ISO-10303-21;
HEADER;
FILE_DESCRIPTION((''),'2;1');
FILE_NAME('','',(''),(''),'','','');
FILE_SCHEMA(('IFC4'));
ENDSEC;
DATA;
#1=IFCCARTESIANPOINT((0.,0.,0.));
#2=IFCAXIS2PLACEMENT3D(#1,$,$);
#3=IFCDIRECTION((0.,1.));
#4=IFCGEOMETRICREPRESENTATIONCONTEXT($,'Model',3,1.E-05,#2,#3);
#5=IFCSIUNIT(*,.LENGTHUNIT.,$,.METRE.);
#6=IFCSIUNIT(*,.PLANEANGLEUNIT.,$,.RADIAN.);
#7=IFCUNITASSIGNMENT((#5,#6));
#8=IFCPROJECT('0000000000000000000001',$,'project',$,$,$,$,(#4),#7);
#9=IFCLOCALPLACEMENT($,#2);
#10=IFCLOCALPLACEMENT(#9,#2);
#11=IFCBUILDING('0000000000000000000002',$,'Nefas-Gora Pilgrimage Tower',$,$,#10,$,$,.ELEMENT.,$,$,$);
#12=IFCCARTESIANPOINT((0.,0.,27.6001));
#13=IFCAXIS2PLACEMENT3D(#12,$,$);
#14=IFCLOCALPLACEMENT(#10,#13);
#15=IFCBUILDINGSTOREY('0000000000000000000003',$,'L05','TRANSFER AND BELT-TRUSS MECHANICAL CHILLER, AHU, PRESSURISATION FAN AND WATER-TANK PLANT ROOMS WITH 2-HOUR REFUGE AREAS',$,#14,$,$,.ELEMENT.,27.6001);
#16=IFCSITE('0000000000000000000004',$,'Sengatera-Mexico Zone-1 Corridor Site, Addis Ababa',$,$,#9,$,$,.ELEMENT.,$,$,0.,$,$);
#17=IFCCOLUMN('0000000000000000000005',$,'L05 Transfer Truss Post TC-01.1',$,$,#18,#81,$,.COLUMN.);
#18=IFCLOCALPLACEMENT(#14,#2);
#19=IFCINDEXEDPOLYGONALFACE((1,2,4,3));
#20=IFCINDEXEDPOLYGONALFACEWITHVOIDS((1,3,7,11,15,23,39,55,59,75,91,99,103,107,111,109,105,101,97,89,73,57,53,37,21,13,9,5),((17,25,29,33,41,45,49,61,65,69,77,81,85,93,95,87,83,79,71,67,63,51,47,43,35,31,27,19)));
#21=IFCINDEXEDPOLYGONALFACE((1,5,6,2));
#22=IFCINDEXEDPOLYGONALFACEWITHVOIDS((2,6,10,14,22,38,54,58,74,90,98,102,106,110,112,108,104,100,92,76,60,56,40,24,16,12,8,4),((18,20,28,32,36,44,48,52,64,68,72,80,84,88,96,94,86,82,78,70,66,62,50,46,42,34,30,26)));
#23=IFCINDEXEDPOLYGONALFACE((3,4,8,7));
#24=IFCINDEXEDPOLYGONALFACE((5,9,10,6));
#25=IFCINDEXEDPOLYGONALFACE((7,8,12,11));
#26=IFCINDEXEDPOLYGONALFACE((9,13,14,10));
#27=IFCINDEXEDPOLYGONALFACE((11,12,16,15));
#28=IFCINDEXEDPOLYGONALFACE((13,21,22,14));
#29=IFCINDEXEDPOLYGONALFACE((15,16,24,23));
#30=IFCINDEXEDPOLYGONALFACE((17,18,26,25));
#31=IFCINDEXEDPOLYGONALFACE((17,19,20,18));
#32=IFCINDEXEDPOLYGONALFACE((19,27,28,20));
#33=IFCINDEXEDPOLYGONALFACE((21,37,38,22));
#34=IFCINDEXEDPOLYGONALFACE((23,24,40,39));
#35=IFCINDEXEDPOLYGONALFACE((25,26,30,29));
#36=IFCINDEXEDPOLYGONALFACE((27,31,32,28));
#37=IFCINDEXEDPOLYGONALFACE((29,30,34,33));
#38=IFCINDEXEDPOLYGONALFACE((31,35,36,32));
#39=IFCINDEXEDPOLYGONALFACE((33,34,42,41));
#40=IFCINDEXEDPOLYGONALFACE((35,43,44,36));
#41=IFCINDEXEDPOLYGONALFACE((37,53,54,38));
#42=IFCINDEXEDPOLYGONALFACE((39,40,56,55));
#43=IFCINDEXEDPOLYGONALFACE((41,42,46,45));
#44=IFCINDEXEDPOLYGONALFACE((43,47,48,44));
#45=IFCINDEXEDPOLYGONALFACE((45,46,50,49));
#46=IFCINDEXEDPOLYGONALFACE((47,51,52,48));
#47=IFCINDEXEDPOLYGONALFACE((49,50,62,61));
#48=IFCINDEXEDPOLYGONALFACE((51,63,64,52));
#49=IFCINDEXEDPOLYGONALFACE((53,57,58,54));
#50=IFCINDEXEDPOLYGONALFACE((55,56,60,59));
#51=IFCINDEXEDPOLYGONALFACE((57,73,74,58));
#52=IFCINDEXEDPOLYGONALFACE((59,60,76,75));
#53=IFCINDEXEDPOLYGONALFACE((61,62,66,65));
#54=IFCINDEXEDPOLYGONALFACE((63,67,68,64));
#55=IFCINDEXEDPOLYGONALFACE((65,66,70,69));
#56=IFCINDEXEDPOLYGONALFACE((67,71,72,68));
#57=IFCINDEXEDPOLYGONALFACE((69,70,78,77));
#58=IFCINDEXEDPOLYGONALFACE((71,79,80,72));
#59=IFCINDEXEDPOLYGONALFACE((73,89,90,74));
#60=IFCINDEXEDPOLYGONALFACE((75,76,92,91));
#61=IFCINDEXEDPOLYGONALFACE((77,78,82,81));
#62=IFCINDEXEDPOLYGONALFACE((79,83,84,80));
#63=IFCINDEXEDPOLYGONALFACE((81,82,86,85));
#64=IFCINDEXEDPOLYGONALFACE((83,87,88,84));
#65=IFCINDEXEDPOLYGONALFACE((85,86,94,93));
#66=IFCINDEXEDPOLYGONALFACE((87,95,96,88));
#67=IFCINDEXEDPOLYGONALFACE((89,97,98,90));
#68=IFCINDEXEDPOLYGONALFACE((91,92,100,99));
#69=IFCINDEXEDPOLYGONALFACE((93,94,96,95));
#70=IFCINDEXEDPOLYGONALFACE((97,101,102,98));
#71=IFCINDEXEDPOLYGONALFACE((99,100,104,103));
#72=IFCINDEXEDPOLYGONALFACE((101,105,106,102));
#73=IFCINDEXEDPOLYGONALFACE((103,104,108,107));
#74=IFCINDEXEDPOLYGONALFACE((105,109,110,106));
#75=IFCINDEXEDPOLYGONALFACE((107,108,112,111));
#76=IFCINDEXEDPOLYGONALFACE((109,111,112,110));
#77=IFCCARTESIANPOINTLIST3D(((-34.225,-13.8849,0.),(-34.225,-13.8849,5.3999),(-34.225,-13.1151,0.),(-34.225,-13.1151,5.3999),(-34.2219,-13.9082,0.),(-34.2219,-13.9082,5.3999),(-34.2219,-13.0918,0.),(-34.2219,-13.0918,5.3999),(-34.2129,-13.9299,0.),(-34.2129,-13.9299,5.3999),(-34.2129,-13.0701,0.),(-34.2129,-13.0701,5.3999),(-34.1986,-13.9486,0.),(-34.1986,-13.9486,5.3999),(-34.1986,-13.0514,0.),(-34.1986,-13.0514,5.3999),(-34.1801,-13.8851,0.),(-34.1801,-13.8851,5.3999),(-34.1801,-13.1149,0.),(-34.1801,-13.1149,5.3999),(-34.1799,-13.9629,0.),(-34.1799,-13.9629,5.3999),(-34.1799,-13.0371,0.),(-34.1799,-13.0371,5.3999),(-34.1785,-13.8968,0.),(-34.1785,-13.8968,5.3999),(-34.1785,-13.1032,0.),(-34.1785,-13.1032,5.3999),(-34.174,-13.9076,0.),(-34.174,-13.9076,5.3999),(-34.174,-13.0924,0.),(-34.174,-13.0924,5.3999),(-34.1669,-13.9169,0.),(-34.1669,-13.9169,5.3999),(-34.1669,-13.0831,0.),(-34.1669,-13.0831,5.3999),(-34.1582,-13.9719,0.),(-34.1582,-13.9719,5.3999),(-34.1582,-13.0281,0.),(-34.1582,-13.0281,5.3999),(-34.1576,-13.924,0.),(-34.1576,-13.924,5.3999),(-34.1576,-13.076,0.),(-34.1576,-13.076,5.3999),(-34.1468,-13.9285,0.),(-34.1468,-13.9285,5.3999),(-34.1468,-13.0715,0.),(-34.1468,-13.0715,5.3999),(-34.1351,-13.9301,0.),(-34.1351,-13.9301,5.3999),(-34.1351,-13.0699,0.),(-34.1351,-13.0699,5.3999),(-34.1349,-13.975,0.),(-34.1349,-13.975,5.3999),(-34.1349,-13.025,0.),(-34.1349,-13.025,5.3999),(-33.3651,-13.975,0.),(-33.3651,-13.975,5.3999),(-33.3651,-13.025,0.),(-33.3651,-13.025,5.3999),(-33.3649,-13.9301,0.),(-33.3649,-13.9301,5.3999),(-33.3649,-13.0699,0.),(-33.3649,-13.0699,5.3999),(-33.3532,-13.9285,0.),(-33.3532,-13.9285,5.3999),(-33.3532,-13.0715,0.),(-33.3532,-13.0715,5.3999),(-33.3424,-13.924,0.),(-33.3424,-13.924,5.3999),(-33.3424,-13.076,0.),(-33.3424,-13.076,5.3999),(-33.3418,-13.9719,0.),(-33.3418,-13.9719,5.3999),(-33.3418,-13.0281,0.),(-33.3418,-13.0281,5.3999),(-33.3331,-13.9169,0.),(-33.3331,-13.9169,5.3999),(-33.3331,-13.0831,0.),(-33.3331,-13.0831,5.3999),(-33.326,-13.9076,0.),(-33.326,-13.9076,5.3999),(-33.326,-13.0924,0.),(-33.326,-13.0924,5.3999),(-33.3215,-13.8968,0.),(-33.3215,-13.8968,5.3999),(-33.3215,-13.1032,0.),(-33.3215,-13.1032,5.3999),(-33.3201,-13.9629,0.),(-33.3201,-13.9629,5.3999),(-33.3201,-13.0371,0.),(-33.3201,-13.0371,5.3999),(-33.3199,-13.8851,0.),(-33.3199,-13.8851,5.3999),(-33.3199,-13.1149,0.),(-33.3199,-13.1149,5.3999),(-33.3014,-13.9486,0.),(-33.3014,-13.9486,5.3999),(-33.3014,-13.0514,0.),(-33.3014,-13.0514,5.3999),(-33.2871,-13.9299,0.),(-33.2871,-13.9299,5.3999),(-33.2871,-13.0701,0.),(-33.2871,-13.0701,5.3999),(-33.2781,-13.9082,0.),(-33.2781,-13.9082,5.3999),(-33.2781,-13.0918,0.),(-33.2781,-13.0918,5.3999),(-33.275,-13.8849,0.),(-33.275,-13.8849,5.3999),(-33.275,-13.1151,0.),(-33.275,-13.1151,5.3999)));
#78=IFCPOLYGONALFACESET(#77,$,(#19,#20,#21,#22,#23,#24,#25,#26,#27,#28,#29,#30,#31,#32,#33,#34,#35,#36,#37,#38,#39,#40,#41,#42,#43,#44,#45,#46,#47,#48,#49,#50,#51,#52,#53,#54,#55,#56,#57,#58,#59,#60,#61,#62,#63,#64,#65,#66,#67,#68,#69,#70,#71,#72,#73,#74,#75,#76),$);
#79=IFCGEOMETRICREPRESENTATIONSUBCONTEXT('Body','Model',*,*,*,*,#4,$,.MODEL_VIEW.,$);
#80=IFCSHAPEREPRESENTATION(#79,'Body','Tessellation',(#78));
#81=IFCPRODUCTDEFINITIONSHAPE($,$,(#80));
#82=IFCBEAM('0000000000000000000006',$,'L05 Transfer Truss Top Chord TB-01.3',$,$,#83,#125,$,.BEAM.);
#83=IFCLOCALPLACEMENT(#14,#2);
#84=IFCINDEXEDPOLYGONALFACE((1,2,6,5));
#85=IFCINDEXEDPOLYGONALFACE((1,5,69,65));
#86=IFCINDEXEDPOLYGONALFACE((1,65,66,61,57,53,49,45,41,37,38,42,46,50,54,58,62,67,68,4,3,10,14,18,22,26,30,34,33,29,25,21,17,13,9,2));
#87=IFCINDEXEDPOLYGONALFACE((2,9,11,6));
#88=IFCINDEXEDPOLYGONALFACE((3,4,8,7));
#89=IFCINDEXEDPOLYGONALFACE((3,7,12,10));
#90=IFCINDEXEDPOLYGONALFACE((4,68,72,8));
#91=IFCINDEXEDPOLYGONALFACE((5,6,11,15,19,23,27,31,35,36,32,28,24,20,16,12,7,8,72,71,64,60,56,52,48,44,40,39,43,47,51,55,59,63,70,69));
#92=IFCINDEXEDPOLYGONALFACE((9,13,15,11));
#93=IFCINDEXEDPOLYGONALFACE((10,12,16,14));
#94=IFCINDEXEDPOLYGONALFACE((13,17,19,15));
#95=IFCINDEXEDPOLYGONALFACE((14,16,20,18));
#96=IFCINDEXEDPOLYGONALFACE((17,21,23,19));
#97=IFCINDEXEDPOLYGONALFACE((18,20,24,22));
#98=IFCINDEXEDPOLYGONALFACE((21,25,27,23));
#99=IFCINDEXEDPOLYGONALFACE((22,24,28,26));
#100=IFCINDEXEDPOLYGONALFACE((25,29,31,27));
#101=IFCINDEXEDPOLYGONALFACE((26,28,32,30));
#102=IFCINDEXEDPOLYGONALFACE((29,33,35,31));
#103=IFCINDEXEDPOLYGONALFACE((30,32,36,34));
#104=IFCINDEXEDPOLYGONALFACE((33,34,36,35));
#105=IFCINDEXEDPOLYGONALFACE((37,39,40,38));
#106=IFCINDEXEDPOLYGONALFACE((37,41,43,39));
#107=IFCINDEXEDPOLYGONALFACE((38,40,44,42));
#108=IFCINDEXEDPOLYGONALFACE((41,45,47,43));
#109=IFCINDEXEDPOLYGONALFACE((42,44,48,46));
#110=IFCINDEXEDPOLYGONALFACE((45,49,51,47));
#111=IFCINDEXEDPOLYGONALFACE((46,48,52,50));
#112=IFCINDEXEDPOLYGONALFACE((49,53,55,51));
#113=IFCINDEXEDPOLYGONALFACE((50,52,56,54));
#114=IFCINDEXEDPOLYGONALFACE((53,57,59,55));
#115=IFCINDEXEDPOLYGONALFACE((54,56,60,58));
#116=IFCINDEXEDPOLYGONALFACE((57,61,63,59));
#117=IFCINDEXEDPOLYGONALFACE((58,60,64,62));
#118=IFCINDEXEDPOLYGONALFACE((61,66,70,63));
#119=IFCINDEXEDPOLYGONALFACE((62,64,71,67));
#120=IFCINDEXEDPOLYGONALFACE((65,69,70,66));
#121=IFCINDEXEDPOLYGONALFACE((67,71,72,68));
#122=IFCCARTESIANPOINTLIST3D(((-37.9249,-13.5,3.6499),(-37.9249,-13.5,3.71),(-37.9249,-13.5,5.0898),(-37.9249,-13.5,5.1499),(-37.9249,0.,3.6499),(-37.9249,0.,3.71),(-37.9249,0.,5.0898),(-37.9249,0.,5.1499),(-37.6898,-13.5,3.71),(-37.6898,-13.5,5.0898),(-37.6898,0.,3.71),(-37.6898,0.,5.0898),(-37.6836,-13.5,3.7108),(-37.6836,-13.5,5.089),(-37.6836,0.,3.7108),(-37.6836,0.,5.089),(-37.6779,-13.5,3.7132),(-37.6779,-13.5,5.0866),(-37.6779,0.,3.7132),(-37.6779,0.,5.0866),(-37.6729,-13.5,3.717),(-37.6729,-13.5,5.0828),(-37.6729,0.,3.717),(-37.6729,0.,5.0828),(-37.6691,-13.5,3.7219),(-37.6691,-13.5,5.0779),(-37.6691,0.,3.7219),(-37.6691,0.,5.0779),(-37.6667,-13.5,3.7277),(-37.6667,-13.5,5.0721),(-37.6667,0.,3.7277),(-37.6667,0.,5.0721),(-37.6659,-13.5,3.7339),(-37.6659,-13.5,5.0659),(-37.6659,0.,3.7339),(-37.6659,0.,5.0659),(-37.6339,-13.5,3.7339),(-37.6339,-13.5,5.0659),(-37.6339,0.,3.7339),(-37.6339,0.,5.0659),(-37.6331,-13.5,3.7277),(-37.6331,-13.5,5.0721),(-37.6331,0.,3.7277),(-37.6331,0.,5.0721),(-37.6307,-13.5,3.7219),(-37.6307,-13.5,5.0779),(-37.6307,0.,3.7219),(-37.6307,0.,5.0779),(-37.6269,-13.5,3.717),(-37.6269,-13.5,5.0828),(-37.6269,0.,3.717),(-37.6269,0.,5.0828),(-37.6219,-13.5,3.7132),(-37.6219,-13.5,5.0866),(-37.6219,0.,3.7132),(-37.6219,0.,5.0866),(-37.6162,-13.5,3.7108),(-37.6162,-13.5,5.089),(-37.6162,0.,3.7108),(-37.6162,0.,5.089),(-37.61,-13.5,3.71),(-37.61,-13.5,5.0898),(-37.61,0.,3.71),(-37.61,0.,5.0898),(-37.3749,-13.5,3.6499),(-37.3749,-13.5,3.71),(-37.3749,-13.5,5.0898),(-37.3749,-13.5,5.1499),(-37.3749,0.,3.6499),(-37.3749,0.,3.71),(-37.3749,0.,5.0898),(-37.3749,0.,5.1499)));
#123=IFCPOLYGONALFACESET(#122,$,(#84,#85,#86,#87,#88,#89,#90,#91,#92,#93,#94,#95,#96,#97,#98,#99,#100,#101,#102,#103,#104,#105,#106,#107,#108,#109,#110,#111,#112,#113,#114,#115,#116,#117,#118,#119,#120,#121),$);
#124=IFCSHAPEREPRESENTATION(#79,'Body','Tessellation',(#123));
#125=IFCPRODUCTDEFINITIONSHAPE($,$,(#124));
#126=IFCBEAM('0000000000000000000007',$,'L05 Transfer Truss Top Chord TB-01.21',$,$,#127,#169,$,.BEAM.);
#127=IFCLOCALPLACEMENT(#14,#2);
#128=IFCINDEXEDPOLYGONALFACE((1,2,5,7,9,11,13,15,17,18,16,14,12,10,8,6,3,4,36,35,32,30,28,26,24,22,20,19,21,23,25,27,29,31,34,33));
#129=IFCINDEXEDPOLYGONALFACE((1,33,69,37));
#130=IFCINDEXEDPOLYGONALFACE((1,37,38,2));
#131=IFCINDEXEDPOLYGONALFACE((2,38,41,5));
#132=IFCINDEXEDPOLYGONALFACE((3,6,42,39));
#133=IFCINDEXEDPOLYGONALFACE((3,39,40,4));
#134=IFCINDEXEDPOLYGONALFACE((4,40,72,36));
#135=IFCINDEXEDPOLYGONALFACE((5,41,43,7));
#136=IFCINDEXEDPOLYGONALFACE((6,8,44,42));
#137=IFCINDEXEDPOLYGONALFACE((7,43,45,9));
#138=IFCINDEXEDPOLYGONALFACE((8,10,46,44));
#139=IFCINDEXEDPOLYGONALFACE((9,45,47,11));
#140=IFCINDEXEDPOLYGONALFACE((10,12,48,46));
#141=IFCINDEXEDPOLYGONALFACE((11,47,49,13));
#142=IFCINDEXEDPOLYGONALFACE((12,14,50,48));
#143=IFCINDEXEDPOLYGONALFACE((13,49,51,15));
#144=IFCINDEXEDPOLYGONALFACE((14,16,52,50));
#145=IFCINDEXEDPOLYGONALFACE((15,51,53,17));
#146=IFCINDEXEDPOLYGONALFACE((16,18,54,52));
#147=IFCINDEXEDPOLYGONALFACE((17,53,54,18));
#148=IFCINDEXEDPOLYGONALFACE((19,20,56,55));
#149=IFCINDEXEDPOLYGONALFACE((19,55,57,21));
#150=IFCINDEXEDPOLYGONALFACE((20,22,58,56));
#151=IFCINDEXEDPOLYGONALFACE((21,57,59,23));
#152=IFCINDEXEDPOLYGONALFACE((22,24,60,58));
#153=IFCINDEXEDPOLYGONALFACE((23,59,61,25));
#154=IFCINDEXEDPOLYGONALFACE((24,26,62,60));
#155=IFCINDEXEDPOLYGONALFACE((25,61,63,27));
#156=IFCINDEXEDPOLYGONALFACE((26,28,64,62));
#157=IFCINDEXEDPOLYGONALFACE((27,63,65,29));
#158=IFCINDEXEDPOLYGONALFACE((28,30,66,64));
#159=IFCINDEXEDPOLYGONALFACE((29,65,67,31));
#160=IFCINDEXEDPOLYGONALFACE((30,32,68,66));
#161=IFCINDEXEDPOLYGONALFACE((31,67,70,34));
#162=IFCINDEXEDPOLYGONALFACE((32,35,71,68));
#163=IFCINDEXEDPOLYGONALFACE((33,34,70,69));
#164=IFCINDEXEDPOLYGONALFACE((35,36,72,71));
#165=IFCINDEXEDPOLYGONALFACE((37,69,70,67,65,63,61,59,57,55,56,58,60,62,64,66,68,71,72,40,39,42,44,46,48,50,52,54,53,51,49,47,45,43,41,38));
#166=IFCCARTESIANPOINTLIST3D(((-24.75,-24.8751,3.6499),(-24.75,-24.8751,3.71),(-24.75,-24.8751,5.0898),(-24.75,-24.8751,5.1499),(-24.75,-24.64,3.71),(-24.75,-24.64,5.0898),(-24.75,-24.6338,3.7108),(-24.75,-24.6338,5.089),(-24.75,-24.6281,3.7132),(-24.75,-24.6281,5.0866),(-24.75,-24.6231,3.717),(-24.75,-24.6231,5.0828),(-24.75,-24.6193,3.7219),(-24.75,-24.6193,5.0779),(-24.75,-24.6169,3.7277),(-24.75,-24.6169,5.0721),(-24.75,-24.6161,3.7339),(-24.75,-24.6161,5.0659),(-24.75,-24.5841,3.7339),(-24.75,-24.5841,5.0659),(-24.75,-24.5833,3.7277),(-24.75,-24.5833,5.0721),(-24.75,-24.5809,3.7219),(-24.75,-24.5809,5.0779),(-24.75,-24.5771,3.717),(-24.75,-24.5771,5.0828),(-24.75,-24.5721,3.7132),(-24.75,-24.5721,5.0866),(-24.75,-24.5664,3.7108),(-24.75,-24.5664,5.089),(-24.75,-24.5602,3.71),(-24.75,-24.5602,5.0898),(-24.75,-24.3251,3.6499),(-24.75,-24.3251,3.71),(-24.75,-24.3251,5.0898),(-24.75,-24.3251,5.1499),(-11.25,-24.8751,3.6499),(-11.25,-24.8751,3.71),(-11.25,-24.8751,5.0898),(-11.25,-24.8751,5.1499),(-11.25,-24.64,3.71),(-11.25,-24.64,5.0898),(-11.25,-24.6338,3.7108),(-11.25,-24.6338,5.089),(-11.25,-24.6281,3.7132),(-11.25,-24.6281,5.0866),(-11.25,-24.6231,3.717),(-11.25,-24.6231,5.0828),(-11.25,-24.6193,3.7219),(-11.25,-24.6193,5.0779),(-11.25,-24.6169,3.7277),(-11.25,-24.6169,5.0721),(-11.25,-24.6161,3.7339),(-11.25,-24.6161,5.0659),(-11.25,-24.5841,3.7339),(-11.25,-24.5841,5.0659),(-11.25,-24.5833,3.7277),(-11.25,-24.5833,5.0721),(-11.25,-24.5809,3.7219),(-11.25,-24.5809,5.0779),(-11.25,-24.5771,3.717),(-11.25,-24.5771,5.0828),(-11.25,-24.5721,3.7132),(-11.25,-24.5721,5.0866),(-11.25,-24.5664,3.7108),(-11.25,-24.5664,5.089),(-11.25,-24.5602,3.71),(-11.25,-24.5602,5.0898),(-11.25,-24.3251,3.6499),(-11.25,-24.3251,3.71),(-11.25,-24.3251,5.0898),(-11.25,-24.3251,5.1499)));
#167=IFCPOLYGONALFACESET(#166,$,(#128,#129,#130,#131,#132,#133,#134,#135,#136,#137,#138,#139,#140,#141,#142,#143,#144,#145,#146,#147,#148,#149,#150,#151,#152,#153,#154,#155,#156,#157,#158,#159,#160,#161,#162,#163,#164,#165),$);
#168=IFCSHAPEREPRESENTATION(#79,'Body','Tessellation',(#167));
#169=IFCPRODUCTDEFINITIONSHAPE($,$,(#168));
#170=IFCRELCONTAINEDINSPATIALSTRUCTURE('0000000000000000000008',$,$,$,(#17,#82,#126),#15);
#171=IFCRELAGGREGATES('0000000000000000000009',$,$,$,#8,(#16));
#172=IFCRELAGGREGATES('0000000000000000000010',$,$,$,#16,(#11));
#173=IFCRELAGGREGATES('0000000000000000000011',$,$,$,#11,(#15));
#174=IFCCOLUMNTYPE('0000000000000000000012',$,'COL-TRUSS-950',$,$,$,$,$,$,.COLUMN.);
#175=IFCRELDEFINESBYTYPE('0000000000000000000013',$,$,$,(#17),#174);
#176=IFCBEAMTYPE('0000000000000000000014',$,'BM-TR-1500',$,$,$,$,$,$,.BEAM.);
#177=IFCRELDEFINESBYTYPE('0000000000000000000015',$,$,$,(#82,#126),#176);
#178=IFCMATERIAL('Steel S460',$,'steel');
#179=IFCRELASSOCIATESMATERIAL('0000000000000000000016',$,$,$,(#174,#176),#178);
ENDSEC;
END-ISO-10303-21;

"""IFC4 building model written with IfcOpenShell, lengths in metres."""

from ifc_helpers import new_model, si_unit, direction, frame, origin, origin_2d, place, context, subcontext, project, spatial, hollow_rectangle, i_section, extrude, source, transform, mapped, material, material_profile, profile_set, type_object, element, save


model = new_model("IFC4")

# Units and contexts
model_context = context("Model", 3, precision=1e-05, world=origin(), true_north=direction((0.0, 1.0)))
body_context = subcontext(model_context, "Body", "Model", "MODEL_VIEW")
ifc_project = project(units=[si_unit("LENGTHUNIT", "METRE"), si_unit("PLANEANGLEUNIT", "RADIAN")], contexts=[model_context])

# Site, building, storey
site_placement = place(None, origin())
site = spatial("IfcSite", under=ifc_project, at=site_placement, Name="Sengatera-Mexico Zone-1 Corridor Site, Addis Ababa", CompositionType="ELEMENT", RefElevation=0.0)
building_placement = place(site_placement, origin())
building = spatial("IfcBuilding", under=site, at=building_placement, Name="Nefas-Gora Pilgrimage Tower", CompositionType="ELEMENT")
storey_placement = place(building_placement, frame((0.0, 0.0, 27.6001)))
storey = spatial("IfcBuildingStorey", under=building, at=storey_placement, Name="L05", Description="TRANSFER AND BELT-TRUSS MECHANICAL CHILLER, AHU, PRESSURISATION FAN AND WATER-TANK PLANT ROOMS WITH 2-HOUR REFUGE AREAS", CompositionType="ELEMENT", Elevation=27.6001)

# Column
ifc_material_1 = material(Name="Steel S460", Category="steel")
ifc_material_profile_1 = material_profile(ifc_material_1, hollow_rectangle(XDim=0.95, YDim=0.95, WallThickness=0.0449, InnerFilletRadius=0.0449, OuterFilletRadius=0.0901, at=origin_2d()), Name="BOX 950x950x45")
ifc_profile_set_1 = profile_set([ifc_material_profile_1], Name="Steel S460")
column_type_1 = type_object("IfcColumnType", Name="COL-TRUSS-950", PredefinedType="COLUMN", material=ifc_profile_set_1)
shared_shape_1 = source(origin(), body_context, "Body", "SweptSolid", [
    extrude(hollow_rectangle(XDim=0.95, YDim=0.95, WallThickness=0.0449, InnerFilletRadius=0.0449, OuterFilletRadius=0.0901, at=origin_2d()), origin(), (0.0, 0.0, 1.0), 5.3999),
])
column_placement = place(storey_placement, frame((-33.75, -13.5, 0.0), z_axis=(0.0, 0.0, 1.0), x_axis=(1.0, 0.0, 0.0)))
element("IfcColumn", 1, at=column_placement, inside=storey, type_object=column_type_1, Name="L05 Transfer Truss Post TC-01.1", PredefinedType="COLUMN", context=body_context, shape_type="MappedRepresentation", body=[
    mapped(shared_shape_1, transform((0.0, 0.0, 0.0), x_axis=(1.0, 0.0, 0.0), y_axis=(0.0, 1.0, 0.0), z_axis=(0.0, 0.0, 1.0), scale=1.0)),
])

# Beams
ifc_material_profile_2 = material_profile(ifc_material_1, i_section(OverallWidth=0.55, OverallDepth=1.5, WebThickness=0.032, FlangeThickness=0.0601, FilletRadius=0.0239, at=origin_2d()), Name="WPG 1500x550x32x60")
ifc_profile_set_2 = profile_set([ifc_material_profile_2], Name="Steel S460")
beam_type_1 = type_object("IfcBeamType", Name="BM-TR-1500", PredefinedType="BEAM", material=ifc_profile_set_2)
shared_shape_2 = source(origin(), body_context, "Body", "SweptSolid", [
    extrude(i_section(OverallWidth=0.55, OverallDepth=1.5, WebThickness=0.032, FlangeThickness=0.0601, FilletRadius=0.0239, at=origin_2d()), origin(), (0.0, 0.0, 1.0), 13.5),
])
for number, where, z_axis, x_axis, name in (
    (2, (-37.6499, -13.5, 4.3999), (0.0, 1.0, 0.0), (-1.0, 0.0, 0.0), "L05 Transfer Truss Top Chord TB-01.3"),
    (3, (-24.75, -24.6001, 4.3999), (1.0, 0.0, 0.0), (0.0, 1.0, 0.0), "L05 Transfer Truss Top Chord TB-01.21"),
):
    element("IfcBeam", number, at=place(storey_placement, frame(where, z_axis=z_axis, x_axis=x_axis)), inside=storey, type_object=beam_type_1, Name=name, PredefinedType="BEAM", context=body_context, shape_type="MappedRepresentation", body=[
        mapped(shared_shape_2, transform((0.0, 0.0, 0.0), x_axis=(1.0, 0.0, 0.0), y_axis=(0.0, 1.0, 0.0), z_axis=(0.0, 0.0, 1.0), scale=1.0)),
    ])

save(model, "model.ifc")
